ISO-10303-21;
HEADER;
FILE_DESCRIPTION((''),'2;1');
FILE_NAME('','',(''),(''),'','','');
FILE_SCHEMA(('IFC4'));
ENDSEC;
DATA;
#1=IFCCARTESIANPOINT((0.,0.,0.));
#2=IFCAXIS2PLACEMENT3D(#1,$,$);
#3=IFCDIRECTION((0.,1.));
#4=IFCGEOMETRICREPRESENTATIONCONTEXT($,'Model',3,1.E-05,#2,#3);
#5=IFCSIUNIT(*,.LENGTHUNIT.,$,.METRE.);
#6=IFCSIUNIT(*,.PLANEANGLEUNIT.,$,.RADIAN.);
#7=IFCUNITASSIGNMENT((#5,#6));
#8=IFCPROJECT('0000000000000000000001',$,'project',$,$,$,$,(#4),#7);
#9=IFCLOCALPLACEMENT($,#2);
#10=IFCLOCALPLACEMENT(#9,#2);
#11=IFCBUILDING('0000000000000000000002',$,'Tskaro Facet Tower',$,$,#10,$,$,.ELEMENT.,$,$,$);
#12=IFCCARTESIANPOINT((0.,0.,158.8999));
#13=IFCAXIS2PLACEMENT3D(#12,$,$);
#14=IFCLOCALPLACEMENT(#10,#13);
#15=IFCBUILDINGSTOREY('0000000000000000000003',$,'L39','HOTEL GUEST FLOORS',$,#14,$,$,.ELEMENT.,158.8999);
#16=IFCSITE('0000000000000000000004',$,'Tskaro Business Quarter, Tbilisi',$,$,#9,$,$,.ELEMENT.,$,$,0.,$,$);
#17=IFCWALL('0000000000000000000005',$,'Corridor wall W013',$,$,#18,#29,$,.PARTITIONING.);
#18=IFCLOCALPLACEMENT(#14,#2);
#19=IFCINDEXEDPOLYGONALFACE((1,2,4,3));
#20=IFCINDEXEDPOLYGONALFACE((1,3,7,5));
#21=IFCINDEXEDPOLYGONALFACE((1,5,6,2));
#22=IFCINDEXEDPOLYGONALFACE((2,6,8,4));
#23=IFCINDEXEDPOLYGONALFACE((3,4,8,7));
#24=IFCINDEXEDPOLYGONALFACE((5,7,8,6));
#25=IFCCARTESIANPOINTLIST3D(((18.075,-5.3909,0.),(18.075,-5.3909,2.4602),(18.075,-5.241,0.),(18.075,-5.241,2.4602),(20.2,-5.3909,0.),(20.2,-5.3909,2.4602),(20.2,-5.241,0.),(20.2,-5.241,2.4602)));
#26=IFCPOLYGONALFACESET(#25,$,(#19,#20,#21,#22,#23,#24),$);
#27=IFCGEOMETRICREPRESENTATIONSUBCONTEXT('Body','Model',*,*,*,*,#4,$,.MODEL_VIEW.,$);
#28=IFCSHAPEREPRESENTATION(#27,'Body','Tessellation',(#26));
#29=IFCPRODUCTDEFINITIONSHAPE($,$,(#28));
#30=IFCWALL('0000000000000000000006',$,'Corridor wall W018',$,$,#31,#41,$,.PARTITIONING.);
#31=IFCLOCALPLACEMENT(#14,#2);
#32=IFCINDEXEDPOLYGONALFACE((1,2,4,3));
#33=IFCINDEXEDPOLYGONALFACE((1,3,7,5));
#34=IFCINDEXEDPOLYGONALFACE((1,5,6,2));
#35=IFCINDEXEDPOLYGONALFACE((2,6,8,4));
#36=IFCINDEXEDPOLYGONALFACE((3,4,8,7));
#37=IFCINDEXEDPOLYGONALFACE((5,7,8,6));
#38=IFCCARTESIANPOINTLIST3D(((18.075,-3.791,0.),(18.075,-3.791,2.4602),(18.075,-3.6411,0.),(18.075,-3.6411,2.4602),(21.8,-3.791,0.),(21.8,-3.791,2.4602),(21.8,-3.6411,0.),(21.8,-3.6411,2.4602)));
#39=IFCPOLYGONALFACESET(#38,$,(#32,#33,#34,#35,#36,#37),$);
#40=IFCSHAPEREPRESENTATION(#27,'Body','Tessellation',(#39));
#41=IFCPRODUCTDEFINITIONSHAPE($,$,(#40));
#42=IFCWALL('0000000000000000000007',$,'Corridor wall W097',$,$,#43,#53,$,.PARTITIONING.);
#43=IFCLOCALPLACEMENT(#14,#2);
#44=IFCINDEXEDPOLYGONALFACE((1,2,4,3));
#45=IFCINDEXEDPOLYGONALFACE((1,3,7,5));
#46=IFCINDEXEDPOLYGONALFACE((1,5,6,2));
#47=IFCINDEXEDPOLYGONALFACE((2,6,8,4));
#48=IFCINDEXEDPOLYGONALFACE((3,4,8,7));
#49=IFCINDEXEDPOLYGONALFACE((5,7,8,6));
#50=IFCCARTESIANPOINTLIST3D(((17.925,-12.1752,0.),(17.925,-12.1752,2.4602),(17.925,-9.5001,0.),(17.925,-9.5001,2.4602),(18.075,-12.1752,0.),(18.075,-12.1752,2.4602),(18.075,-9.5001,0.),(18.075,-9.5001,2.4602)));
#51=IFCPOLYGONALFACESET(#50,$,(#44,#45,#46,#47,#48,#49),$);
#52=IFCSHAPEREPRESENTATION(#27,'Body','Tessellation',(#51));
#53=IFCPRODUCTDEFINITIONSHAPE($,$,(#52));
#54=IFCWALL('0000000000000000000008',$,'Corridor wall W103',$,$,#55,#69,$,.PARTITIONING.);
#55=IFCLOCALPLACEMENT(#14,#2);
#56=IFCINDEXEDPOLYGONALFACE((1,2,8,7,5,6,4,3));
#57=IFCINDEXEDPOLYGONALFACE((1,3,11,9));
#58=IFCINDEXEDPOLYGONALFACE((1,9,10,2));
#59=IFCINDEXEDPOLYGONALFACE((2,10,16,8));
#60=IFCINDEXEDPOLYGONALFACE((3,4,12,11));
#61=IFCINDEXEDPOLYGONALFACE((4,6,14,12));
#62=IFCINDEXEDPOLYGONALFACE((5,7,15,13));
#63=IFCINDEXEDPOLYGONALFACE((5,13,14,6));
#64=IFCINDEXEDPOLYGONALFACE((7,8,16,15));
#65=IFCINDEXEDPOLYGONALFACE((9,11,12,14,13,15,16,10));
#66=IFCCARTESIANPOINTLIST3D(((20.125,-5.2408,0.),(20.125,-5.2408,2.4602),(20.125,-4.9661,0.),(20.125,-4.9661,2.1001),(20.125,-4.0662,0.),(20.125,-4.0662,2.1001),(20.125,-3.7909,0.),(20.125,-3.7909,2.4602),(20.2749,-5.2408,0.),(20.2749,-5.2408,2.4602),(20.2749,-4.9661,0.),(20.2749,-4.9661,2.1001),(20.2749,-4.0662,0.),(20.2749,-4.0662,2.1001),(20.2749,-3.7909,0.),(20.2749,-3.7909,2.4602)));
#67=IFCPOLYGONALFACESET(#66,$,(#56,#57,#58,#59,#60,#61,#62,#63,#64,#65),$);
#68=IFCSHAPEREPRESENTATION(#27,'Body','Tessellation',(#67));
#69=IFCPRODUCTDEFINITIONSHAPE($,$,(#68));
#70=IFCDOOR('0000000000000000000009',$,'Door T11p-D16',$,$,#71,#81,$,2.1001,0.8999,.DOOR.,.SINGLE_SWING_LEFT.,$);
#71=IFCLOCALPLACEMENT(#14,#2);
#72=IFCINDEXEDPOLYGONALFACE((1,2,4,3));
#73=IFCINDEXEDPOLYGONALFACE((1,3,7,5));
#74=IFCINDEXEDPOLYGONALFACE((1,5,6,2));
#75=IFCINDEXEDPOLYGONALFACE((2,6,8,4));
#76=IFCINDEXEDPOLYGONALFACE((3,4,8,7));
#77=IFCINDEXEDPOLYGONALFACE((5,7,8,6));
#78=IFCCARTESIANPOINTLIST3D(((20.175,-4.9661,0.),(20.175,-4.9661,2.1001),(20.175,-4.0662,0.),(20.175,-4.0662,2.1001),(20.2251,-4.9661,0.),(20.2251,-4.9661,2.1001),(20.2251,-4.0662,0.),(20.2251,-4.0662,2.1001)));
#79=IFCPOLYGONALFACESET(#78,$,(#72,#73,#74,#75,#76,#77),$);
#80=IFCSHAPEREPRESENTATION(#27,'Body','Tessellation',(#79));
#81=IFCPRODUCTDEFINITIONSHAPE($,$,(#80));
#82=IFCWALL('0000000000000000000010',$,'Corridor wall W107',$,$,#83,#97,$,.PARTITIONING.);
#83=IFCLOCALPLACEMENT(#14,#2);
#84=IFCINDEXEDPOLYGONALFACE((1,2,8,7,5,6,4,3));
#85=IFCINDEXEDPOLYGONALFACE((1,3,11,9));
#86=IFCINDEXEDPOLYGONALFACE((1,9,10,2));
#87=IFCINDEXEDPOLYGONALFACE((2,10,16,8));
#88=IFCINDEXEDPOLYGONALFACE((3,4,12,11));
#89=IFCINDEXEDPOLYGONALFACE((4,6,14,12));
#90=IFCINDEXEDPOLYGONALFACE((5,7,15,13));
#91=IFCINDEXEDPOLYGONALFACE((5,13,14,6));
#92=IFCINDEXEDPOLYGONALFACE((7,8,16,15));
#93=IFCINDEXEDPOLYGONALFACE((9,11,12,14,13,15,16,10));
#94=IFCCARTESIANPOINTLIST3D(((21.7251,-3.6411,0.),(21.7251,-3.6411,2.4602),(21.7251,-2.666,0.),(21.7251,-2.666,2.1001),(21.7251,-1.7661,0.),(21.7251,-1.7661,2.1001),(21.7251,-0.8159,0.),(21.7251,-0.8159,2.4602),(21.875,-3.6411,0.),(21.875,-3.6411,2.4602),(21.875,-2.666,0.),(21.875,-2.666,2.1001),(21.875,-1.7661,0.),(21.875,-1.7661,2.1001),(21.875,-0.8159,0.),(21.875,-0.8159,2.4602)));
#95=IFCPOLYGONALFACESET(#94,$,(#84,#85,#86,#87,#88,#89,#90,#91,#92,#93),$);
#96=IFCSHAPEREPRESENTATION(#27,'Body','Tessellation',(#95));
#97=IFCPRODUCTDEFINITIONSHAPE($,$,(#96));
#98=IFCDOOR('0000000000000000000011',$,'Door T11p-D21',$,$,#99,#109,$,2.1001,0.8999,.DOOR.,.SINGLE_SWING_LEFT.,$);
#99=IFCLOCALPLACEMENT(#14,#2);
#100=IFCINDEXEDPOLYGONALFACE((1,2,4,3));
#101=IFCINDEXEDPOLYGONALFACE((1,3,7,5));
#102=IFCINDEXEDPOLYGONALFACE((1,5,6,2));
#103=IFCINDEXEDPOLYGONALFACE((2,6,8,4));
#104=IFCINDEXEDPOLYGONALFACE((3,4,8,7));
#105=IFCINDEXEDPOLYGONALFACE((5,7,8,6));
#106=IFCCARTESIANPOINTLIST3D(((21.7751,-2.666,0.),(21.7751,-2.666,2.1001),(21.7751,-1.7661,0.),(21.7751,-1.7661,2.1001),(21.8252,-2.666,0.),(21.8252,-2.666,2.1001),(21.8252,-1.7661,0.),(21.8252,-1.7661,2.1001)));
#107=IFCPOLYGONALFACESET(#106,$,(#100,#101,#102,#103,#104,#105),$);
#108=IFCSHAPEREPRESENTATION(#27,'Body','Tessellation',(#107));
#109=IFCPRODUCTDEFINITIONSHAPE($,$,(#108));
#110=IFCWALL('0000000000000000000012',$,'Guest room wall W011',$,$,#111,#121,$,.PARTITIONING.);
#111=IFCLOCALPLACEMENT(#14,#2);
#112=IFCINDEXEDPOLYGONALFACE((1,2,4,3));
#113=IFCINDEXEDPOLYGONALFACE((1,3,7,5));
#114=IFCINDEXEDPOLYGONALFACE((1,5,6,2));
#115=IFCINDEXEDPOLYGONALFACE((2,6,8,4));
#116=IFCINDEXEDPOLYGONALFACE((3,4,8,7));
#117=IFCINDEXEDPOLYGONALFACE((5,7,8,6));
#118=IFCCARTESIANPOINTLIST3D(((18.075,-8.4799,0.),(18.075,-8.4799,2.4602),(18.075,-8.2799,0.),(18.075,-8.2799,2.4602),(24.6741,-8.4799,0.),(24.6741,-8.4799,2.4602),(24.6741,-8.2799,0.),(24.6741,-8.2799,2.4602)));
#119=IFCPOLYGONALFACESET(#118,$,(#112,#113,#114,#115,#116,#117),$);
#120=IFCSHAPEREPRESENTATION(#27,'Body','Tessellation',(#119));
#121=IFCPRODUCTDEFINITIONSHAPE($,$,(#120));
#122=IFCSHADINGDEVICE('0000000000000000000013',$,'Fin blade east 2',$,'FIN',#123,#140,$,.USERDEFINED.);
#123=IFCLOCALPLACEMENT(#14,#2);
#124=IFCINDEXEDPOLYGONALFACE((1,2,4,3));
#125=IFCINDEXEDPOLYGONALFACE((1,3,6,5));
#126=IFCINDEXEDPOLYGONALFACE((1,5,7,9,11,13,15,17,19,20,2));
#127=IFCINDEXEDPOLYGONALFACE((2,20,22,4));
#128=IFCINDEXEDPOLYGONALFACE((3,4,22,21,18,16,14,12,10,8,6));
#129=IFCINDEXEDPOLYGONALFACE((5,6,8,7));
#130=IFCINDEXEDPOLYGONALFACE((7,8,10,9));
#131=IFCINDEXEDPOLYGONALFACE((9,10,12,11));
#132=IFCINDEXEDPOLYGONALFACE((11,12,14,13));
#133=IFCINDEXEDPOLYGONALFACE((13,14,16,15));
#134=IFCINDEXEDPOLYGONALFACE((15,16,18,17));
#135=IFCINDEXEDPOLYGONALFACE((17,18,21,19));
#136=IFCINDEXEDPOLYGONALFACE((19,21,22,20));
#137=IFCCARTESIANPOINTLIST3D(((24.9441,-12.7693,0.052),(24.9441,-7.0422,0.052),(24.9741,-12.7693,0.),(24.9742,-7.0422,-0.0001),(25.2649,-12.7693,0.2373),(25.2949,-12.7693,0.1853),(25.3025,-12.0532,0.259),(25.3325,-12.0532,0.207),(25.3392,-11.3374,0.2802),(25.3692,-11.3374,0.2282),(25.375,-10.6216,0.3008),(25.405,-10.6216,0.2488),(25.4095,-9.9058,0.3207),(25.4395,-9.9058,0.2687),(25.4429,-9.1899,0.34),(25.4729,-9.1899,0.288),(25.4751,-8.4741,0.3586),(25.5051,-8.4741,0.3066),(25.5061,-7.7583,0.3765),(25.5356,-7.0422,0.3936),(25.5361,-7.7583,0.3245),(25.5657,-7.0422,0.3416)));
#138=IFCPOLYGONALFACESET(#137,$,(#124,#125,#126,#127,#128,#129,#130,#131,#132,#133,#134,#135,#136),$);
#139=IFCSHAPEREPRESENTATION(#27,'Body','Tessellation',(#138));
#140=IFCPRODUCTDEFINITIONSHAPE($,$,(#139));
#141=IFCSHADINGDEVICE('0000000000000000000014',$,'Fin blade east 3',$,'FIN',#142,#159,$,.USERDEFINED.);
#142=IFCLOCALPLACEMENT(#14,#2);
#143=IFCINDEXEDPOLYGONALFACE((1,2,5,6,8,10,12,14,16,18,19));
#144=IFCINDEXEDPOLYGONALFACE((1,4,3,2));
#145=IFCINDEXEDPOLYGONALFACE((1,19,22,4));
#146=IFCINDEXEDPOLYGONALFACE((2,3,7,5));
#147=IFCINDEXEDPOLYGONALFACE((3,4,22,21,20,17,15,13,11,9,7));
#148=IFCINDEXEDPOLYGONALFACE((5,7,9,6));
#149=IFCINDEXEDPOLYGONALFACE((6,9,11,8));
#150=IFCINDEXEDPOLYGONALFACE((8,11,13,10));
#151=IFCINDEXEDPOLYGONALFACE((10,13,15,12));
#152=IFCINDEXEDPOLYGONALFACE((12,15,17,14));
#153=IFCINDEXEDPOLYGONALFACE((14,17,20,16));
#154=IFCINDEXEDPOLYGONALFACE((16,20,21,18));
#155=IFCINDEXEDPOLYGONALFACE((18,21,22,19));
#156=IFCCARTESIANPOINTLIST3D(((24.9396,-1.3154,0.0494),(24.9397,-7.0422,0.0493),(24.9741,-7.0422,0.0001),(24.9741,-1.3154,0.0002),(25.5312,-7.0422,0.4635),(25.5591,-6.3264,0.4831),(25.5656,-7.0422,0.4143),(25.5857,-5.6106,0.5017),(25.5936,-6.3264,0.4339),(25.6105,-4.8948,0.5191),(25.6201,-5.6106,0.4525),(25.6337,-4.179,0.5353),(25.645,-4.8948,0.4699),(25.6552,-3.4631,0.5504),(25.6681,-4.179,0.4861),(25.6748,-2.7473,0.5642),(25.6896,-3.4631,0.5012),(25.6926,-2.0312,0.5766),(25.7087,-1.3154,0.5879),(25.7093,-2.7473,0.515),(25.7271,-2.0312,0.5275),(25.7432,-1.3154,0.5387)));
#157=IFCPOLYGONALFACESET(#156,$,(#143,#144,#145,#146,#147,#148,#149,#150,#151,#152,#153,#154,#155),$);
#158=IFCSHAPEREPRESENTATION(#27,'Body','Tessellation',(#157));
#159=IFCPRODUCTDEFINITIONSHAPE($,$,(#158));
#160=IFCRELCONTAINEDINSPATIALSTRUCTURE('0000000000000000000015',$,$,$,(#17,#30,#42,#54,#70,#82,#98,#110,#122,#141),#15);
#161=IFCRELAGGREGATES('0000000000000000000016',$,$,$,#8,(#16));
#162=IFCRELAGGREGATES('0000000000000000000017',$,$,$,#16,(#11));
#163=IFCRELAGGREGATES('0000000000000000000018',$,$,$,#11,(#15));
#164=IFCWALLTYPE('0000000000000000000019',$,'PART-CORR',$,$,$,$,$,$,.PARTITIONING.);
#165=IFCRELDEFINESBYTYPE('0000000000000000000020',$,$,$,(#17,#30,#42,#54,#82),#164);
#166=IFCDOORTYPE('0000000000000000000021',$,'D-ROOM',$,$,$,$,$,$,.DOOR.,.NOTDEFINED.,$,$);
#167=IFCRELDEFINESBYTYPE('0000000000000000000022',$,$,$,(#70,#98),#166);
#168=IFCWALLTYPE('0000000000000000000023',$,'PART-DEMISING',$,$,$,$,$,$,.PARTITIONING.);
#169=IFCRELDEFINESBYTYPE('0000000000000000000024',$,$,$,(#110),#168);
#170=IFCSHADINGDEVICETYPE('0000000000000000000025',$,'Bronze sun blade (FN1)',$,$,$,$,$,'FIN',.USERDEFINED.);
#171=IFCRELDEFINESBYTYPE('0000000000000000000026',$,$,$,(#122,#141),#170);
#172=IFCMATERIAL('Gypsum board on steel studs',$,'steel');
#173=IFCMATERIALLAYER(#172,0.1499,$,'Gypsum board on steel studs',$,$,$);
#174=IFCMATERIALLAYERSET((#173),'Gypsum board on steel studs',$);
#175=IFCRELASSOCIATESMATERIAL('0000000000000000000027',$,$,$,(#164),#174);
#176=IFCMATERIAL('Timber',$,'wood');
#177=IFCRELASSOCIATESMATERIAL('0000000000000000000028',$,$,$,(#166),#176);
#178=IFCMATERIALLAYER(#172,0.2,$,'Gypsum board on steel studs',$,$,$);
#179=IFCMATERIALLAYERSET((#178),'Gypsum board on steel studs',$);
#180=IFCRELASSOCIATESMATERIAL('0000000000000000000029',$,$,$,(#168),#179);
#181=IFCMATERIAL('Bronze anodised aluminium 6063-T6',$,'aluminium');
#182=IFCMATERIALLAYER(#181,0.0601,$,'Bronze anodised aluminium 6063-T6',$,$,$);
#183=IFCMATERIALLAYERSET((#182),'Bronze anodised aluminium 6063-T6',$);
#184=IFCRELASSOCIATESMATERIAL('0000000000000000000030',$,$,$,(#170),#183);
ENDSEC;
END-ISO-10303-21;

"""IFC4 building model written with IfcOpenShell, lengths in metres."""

from ifc_helpers import new_model, si_unit, direction, frame, frame_2d, origin, place, context, subcontext, project, spatial, polyline, rectangle, outline, extrude, material, layer, layer_set, type_object, element, fill, save


model = new_model("IFC4")

# Units and contexts
model_context = context("Model", 3, precision=1e-05, world=origin(), true_north=direction((0.0, 1.0)))
body_context = subcontext(model_context, "Body", "Model", "MODEL_VIEW")
ifc_project = project(units=[si_unit("LENGTHUNIT", "METRE"), si_unit("PLANEANGLEUNIT", "RADIAN")], contexts=[model_context])

# Site, building, storey
site_placement = place(None, origin())
site = spatial("IfcSite", under=ifc_project, at=site_placement, Name="Tskaro Business Quarter, Tbilisi", CompositionType="ELEMENT", RefElevation=0.0)
building_placement = place(site_placement, origin())
building = spatial("IfcBuilding", under=site, at=building_placement, Name="Tskaro Facet Tower", CompositionType="ELEMENT")
storey_placement = place(building_placement, frame((0.0, 0.0, 158.8999)))
storey = spatial("IfcBuildingStorey", under=building, at=storey_placement, Name="L39", Description="HOTEL GUEST FLOORS", CompositionType="ELEMENT", Elevation=158.8999)

# Shared definitions
ifc_material_1 = material(Name="Bronze anodised aluminium 6063-T6", Category="aluminium")

# Shared definitions
ifc_material_2 = material(Name="Gypsum board on steel studs", Category="steel")
ifc_layer_1 = layer(ifc_material_2, 0.1499, Name="Gypsum board on steel studs")
ifc_layer_set_1 = layer_set([ifc_layer_1], Name="Gypsum board on steel studs")
wall_type_1 = type_object("IfcWallType", Name="PART-CORR", PredefinedType="PARTITIONING", material=ifc_layer_set_1)
ifc_material_3 = material(Name="Timber", Category="wood")
door_type_1 = type_object("IfcDoorType", Name="D-ROOM", OperationType="NOTDEFINED", PredefinedType="DOOR", material=ifc_material_3)

# Walls
wall_1_placement = place(storey_placement, frame((18.075, -5.3159, 0.0), z_axis=(0.0, 0.0, 1.0), x_axis=(1.0, 0.0, 0.0)))
element("IfcWall", 1, at=wall_1_placement, inside=storey, type_object=wall_type_1, Name="Corridor wall W013", PredefinedType="PARTITIONING", context=body_context, shape_type="SweptSolid", body=[
    extrude(rectangle(XDim=2.125, YDim=0.1499, at=frame_2d((1.0625, 0.0))), origin(), (0.0, 0.0, 1.0), 2.4602),
])
wall_2_placement = place(storey_placement, frame((18.075, -3.7161, 0.0), z_axis=(0.0, 0.0, 1.0), x_axis=(1.0, 0.0, 0.0)))
element("IfcWall", 2, at=wall_2_placement, inside=storey, type_object=wall_type_1, Name="Corridor wall W018", PredefinedType="PARTITIONING", context=body_context, shape_type="SweptSolid", body=[
    extrude(rectangle(XDim=3.7251, YDim=0.1499, at=frame_2d((1.8625, 0.0))), origin(), (0.0, 0.0, 1.0), 2.4602),
])
wall_3_placement = place(storey_placement, frame((18.0, -12.175, 0.0), z_axis=(0.0, 0.0, 1.0), x_axis=(0.0, 1.0, 0.0)))
element("IfcWall", 3, at=wall_3_placement, inside=storey, type_object=wall_type_1, Name="Corridor wall W097", PredefinedType="PARTITIONING", context=body_context, shape_type="SweptSolid", body=[
    extrude(rectangle(XDim=2.675, YDim=0.1499, at=frame_2d((1.3374, 0.0))), origin(), (0.0, 0.0, 1.0), 2.4602),
])

# Walls, openings, doors
wall_4_placement = place(storey_placement, frame((20.2, -5.241, 0.0), z_axis=(0.0, 0.0, 1.0), x_axis=(0.0, 1.0, 0.0)))
wall_4 = element("IfcWall", 4, at=wall_4_placement, inside=storey, type_object=wall_type_1, Name="Corridor wall W103", PredefinedType="PARTITIONING", context=body_context, shape_type="SweptSolid", body=[
    extrude(rectangle(XDim=1.45, YDim=0.1499, at=frame_2d((0.7251, 0.0))), origin(), (0.0, 0.0, 1.0), 2.4602),
])
opening_1_placement = place(wall_4_placement, frame((0.2749, 0.0, 0.0)))
opening_1 = element("IfcOpeningElement", 5, at=opening_1_placement, cuts=wall_4, PredefinedType="OPENING", context=body_context, shape_type="SweptSolid", body=[
    extrude(rectangle(XDim=0.8999, YDim=2.1001, at=frame_2d((0.45, 1.05))), frame((0.0, 0.085, 0.0), z_axis=(0.0, -1.0, 0.0), x_axis=(1.0, 0.0, 0.0)), (0.0, 0.0, 1.0), 0.1699),
])
door_1_placement = place(opening_1_placement, origin())
door_1 = element("IfcDoor", 6, at=door_1_placement, inside=storey, type_object=door_type_1, Name="Door T11p-D16", OperationType="SINGLE_SWING_LEFT", OverallHeight=2.1001, OverallWidth=0.8999, PredefinedType="DOOR", context=body_context, shape_type="SweptSolid", body=[
    extrude(rectangle(XDim=0.8999, YDim=2.1001, at=frame_2d((0.45, 1.05))), frame((0.0, 0.0249, 0.0), z_axis=(0.0, -1.0, 0.0), x_axis=(1.0, 0.0, 0.0)), (0.0, 0.0, 1.0), 0.05),
])
fill(opening_1, door_1)
wall_5_placement = place(storey_placement, frame((21.8, -3.6411, 0.0), z_axis=(0.0, 0.0, 1.0), x_axis=(0.0, 1.0, 0.0)))
wall_5 = element("IfcWall", 7, at=wall_5_placement, inside=storey, type_object=wall_type_1, Name="Corridor wall W107", PredefinedType="PARTITIONING", context=body_context, shape_type="SweptSolid", body=[
    extrude(rectangle(XDim=2.8252, YDim=0.1499, at=frame_2d((1.4126, 0.0))), origin(), (0.0, 0.0, 1.0), 2.4602),
])
opening_2_placement = place(wall_5_placement, frame((0.9751, 0.0, 0.0)))
opening_2 = element("IfcOpeningElement", 8, at=opening_2_placement, cuts=wall_5, PredefinedType="OPENING", context=body_context, shape_type="SweptSolid", body=[
    extrude(rectangle(XDim=0.8999, YDim=2.1001, at=frame_2d((0.45, 1.05))), frame((0.0, 0.085, 0.0), z_axis=(0.0, -1.0, 0.0), x_axis=(1.0, 0.0, 0.0)), (0.0, 0.0, 1.0), 0.1699),
])
door_2_placement = place(opening_2_placement, origin())
door_2 = element("IfcDoor", 9, at=door_2_placement, inside=storey, type_object=door_type_1, Name="Door T11p-D21", OperationType="SINGLE_SWING_LEFT", OverallHeight=2.1001, OverallWidth=0.8999, PredefinedType="DOOR", context=body_context, shape_type="SweptSolid", body=[
    extrude(rectangle(XDim=0.8999, YDim=2.1001, at=frame_2d((0.45, 1.05))), frame((0.0, 0.0249, 0.0), z_axis=(0.0, -1.0, 0.0), x_axis=(1.0, 0.0, 0.0)), (0.0, 0.0, 1.0), 0.05),
])
fill(opening_2, door_2)

# Wall
ifc_layer_2 = layer(ifc_material_2, 0.2, Name="Gypsum board on steel studs")
ifc_layer_set_2 = layer_set([ifc_layer_2], Name="Gypsum board on steel studs")
wall_type_2 = type_object("IfcWallType", Name="PART-DEMISING", PredefinedType="PARTITIONING", material=ifc_layer_set_2)
wall_6_placement = place(storey_placement, frame((18.075, -8.3799, 0.0), z_axis=(0.0, 0.0, 1.0), x_axis=(1.0, 0.0, 0.0)))
element("IfcWall", 10, at=wall_6_placement, inside=storey, type_object=wall_type_2, Name="Guest room wall W011", PredefinedType="PARTITIONING", context=body_context, shape_type="SweptSolid", body=[
    extrude(rectangle(XDim=6.5991, YDim=0.2, at=frame_2d((3.2996, 0.0))), origin(), (0.0, 0.0, 1.0), 2.4602),
])

# Shading devices
ifc_layer_3 = layer(ifc_material_1, 0.0601, Name="Bronze anodised aluminium 6063-T6")
ifc_layer_set_3 = layer_set([ifc_layer_3], Name="Bronze anodised aluminium 6063-T6")
shading_device_type = type_object("IfcShadingDeviceType", Name="Bronze sun blade (FN1)", ElementType="FIN", PredefinedType="USERDEFINED", material=ifc_layer_set_3)
shading_device_1_placement = place(storey_placement, frame((24.9441, -12.7693, 0.052), z_axis=(-0.500118, 0.00001, 0.865958), x_axis=(0.000005, 1.0, -0.000009)))
element("IfcShadingDevice", 11, at=shading_device_1_placement, inside=storey, type_object=shading_device_type, Name="Fin blade east 2", ObjectType="FIN", PredefinedType="USERDEFINED", context=body_context, shape_type="SweptSolid", body=[
    extrude(outline(polyline([(0.0, 0.0), (5.7271, 0.0), (5.7271, -0.6831), (5.011, -0.6489), (4.2952, -0.6132), (3.5793, -0.576), (2.8635, -0.5374), (2.1477, -0.4976), (1.4319, -0.4562), (0.7161, -0.4139), (0.0, -0.3705), (0.0, 0.0)])), origin(), (0.0, 0.0, -1.0), 0.0601),
])
shading_device_2_placement = place(storey_placement, frame((24.9397, -7.0422, 0.0493), z_axis=(-0.573595, -0.000015, 0.819139), x_axis=(-0.000009, 1.0, 0.000012)))
element("IfcShadingDevice", 12, at=shading_device_2_placement, inside=storey, type_object=shading_device_type, Name="Fin blade east 3", ObjectType="FIN", PredefinedType="USERDEFINED", context=body_context, shape_type="SweptSolid", body=[
    extrude(outline(polyline([(0.0, 0.0), (5.7268, 0.0), (5.7268, -0.9389), (5.011, -0.9192), (4.2949, -0.8975), (3.5791, -0.8735), (2.8633, -0.8472), (2.1475, -0.819), (1.4316, -0.7887), (0.7158, -0.7562), (0.0, -0.7221), (0.0, 0.0)])), origin(), (0.0, 0.0, -1.0), 0.0601),
])

save(model, "model.ifc")
